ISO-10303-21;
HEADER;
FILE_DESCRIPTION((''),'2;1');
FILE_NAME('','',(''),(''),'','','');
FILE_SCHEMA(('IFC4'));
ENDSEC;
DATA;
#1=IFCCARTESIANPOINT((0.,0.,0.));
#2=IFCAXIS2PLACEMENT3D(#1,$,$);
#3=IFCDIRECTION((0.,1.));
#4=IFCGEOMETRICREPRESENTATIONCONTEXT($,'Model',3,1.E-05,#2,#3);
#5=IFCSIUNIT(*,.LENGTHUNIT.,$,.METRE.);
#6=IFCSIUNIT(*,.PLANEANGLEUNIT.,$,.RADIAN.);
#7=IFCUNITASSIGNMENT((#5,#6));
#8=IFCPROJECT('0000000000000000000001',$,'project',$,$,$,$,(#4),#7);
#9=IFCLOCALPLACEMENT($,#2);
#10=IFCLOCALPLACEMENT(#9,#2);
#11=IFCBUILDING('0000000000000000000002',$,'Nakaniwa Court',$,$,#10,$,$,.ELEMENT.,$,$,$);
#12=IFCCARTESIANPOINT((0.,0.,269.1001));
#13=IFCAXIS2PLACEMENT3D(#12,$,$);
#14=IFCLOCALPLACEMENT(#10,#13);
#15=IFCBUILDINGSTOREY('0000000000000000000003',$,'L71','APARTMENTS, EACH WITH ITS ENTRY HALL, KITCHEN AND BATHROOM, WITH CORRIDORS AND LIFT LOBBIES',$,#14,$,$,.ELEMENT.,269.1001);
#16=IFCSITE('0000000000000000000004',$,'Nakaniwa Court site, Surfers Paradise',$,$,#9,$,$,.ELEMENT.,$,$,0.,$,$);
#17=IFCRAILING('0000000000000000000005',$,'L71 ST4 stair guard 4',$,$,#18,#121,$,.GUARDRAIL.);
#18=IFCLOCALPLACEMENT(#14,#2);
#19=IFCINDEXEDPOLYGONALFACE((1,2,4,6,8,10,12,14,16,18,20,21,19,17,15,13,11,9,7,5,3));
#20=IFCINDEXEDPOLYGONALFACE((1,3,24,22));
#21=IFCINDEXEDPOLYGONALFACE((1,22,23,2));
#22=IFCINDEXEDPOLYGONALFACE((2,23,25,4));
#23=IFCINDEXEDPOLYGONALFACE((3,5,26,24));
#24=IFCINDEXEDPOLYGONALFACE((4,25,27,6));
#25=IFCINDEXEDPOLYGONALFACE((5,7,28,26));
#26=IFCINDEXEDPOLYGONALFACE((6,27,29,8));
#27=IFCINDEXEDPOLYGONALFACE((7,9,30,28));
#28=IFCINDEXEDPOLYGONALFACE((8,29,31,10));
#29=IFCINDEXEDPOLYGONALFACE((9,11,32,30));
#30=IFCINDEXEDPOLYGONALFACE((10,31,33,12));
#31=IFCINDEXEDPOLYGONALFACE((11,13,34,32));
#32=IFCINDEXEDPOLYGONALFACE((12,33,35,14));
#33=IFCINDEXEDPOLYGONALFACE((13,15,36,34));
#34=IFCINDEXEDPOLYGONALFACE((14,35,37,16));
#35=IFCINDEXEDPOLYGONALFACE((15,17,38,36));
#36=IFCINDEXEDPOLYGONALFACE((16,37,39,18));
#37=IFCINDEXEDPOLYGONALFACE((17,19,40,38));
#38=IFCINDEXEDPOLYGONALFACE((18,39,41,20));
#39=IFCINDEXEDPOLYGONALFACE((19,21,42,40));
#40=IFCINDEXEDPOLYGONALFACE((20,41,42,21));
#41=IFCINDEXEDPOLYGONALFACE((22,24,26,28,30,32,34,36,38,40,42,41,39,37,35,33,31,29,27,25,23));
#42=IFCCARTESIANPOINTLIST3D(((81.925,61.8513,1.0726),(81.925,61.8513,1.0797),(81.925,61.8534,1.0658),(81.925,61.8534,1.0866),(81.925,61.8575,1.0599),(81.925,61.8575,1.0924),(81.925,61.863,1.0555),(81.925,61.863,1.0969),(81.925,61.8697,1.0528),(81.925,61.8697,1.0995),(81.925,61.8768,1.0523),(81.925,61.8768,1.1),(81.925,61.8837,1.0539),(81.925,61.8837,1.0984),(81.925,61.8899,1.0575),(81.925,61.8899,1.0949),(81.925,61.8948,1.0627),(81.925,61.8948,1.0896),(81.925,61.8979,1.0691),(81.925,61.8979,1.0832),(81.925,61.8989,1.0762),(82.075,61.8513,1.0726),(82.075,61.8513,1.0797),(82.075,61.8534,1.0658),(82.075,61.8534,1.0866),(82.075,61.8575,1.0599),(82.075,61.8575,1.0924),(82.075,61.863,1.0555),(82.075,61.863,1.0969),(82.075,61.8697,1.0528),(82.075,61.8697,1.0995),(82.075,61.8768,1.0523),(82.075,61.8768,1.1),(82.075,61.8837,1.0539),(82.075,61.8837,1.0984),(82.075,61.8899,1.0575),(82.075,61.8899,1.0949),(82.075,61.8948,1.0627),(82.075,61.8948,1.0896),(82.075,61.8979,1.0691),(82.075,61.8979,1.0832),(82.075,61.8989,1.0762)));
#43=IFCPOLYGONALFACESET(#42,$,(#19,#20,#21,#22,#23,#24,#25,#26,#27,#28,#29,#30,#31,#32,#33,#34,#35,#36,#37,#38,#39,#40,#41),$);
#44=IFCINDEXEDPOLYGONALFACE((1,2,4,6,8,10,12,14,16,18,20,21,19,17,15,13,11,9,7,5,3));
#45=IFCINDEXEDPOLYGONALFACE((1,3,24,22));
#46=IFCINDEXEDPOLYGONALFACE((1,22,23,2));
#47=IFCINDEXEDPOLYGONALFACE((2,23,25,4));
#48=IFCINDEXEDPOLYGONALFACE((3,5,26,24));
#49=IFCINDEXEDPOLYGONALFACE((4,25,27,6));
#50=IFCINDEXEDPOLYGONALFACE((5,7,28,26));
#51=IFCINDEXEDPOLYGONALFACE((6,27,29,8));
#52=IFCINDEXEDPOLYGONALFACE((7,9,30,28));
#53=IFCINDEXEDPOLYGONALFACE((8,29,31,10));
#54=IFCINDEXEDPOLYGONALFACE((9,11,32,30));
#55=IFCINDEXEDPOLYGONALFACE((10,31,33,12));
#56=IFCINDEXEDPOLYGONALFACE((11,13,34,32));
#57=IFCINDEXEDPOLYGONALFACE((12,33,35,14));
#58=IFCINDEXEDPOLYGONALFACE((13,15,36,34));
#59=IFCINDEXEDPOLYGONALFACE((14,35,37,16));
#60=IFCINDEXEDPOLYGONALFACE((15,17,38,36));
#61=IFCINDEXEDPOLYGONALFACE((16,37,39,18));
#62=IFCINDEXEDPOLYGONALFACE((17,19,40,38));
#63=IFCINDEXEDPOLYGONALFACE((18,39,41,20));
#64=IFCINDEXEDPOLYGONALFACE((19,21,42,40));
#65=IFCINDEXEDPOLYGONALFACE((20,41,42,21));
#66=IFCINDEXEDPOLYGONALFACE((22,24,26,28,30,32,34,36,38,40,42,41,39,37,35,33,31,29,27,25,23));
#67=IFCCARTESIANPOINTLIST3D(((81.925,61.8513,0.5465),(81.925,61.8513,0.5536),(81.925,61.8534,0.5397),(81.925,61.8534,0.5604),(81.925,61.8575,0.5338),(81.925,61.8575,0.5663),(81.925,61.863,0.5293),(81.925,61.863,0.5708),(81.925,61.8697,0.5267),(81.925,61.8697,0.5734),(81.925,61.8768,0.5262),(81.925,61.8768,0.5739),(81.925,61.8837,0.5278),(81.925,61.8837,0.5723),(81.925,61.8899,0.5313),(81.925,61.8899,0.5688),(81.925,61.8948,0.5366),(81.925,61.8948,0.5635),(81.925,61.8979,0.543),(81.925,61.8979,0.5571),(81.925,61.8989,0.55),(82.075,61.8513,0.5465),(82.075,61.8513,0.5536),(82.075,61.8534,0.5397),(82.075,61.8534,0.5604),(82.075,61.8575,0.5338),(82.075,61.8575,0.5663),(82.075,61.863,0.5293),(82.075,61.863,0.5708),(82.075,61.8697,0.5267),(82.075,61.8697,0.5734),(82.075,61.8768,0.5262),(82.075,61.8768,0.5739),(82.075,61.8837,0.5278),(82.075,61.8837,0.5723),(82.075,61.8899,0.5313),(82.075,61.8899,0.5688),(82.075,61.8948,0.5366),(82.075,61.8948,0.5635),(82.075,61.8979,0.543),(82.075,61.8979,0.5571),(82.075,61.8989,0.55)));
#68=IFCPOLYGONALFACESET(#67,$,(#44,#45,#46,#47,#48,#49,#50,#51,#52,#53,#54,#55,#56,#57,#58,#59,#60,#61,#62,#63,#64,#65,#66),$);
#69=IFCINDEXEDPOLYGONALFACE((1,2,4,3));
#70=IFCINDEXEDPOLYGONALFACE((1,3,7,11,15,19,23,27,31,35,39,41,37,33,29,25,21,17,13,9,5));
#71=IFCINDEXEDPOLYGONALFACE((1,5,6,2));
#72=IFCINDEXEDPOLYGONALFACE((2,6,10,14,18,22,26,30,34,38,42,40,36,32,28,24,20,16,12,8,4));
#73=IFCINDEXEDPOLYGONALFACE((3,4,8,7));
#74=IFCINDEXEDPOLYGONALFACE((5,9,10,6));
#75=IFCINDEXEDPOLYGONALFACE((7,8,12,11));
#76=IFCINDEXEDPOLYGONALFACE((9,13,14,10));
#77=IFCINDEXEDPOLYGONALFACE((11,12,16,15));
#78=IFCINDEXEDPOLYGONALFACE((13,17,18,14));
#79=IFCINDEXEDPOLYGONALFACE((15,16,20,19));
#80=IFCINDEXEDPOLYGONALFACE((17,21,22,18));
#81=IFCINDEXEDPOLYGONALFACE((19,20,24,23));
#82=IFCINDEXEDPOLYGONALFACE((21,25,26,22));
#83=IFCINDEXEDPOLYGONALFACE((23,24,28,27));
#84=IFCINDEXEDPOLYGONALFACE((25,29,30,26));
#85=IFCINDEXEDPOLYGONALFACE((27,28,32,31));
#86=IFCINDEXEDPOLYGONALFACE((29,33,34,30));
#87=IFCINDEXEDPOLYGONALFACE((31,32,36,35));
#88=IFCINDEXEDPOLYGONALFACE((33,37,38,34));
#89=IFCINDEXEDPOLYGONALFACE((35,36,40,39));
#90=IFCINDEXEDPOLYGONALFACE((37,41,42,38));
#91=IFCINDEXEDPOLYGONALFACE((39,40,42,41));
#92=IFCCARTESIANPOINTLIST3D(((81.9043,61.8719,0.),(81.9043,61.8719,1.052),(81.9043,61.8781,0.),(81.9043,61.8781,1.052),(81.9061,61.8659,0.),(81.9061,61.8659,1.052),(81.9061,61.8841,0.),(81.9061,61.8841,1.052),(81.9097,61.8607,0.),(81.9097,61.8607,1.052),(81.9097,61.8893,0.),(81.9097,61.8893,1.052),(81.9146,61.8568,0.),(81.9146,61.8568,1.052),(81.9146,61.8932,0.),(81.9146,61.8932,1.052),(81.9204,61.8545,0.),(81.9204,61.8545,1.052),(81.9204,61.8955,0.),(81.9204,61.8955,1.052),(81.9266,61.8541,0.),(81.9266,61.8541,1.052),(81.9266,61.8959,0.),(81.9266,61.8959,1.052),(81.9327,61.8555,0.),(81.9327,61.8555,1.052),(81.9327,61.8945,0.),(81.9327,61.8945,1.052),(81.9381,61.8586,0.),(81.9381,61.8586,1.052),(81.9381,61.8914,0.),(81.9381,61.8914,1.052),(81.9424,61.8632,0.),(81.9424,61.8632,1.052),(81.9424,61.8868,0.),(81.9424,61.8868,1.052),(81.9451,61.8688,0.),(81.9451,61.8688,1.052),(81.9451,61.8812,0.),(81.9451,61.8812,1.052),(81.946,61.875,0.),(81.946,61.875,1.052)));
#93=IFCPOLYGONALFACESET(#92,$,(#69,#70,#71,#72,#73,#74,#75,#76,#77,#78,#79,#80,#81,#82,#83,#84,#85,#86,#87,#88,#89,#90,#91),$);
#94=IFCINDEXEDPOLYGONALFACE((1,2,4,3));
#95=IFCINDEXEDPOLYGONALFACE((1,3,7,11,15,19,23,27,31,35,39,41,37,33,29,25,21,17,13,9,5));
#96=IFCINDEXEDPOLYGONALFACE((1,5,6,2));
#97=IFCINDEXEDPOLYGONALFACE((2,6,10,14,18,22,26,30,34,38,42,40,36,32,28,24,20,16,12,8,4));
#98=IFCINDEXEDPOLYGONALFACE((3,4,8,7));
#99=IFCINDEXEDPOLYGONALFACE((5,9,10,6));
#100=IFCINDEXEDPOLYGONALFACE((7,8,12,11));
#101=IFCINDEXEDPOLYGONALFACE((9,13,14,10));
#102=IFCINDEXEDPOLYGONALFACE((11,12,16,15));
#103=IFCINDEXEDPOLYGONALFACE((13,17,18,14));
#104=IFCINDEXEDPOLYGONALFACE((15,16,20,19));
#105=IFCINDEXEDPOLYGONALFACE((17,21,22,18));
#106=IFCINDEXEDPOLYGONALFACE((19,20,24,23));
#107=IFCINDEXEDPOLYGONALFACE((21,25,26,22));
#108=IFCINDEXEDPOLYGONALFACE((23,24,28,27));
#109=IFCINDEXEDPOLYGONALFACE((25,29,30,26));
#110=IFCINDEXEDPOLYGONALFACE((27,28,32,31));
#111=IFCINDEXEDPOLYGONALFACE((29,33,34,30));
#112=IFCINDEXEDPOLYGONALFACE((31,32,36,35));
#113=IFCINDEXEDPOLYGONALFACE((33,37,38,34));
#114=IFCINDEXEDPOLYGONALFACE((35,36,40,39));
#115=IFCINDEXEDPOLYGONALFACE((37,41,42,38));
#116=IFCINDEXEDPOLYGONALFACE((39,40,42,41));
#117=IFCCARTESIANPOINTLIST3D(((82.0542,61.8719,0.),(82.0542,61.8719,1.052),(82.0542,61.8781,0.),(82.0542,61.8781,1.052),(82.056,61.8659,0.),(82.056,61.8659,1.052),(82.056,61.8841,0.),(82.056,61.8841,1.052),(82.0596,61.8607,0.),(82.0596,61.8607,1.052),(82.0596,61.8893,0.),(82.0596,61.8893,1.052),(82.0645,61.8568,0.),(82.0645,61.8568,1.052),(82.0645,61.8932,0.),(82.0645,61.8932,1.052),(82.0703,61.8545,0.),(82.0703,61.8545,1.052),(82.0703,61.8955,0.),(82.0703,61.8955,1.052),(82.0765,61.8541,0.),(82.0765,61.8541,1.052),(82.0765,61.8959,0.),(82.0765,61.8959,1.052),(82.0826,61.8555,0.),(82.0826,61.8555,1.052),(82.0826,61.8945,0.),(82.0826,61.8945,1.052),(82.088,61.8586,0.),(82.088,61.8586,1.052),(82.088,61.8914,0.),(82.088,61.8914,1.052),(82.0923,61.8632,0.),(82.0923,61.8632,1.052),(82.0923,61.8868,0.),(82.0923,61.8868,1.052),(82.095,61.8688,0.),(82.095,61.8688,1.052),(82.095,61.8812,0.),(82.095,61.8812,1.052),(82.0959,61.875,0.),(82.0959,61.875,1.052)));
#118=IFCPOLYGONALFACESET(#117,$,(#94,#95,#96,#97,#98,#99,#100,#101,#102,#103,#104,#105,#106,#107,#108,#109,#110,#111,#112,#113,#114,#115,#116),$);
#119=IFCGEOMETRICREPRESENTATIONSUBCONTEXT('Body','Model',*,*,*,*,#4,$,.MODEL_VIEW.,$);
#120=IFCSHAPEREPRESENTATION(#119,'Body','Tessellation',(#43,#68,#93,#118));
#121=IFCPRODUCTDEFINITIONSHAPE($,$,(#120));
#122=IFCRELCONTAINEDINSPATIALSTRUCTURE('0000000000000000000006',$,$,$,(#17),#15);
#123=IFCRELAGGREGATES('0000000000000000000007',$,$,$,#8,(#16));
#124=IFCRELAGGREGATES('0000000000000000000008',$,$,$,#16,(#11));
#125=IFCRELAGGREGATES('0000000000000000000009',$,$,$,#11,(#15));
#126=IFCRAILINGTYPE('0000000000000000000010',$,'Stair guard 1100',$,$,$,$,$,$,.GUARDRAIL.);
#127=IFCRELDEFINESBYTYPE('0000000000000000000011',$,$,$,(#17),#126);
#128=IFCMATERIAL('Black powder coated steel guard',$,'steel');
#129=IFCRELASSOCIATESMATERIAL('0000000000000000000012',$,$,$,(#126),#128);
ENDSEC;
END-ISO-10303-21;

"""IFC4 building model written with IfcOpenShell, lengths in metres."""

from ifc_helpers import new_model, si_unit, direction, frame, origin, origin_2d, place, context, subcontext, project, spatial, circle, extrude, material, type_object, element, save


model = new_model("IFC4")

# Units and contexts
model_context = context("Model", 3, precision=1e-05, world=origin(), true_north=direction((0.0, 1.0)))
body_context = subcontext(model_context, "Body", "Model", "MODEL_VIEW")
ifc_project = project(units=[si_unit("LENGTHUNIT", "METRE"), si_unit("PLANEANGLEUNIT", "RADIAN")], contexts=[model_context])

# Site, building, storey
site_placement = place(None, origin())
site = spatial("IfcSite", under=ifc_project, at=site_placement, Name="Nakaniwa Court site, Surfers Paradise", CompositionType="ELEMENT", RefElevation=0.0)
building_placement = place(site_placement, origin())
building = spatial("IfcBuilding", under=site, at=building_placement, Name="Nakaniwa Court", CompositionType="ELEMENT")
storey_placement = place(building_placement, frame((0.0, 0.0, 269.1001)))
storey = spatial("IfcBuildingStorey", under=building, at=storey_placement, Name="L71", Description="APARTMENTS, EACH WITH ITS ENTRY HALL, KITCHEN AND BATHROOM, WITH CORRIDORS AND LIFT LOBBIES", CompositionType="ELEMENT", Elevation=269.1001)

# Railing
ifc_material_1 = material(Name="Black powder coated steel guard", Category="steel")
railing_type_1 = type_object("IfcRailingType", Name="Stair guard 1100", PredefinedType="GUARDRAIL", material=ifc_material_1)
railing_1_placement = place(storey_placement, frame((81.925, 61.875, 0.0)))
element("IfcRailing", 1, at=railing_1_placement, inside=storey, type_object=railing_type_1, Name="L71 ST4 stair guard 4", PredefinedType="GUARDRAIL", context=body_context, shape_type="SweptSolid", body=[
    extrude(circle(Radius=0.0239, at=origin_2d()), frame((0.0, 0.0, 1.0762), z_axis=(1.0, 0.0, 0.0), x_axis=(0.0, 1.0, 0.0)), (0.0, 0.0, 1.0), 0.1499),
    extrude(circle(Radius=0.0239, at=origin_2d()), frame((0.0, 0.0, 0.55), z_axis=(1.0, 0.0, 0.0), x_axis=(0.0, 1.0, 0.0)), (0.0, 0.0, 1.0), 0.1499),
    extrude(circle(Radius=0.021, at=origin_2d()), origin(), (0.0, 0.0, 1.0), 1.052),
    extrude(circle(Radius=0.021, at=origin_2d()), frame((0.1499, 0.0, 0.0)), (0.0, 0.0, 1.0), 1.052),
])

save(model, "model.ifc")
